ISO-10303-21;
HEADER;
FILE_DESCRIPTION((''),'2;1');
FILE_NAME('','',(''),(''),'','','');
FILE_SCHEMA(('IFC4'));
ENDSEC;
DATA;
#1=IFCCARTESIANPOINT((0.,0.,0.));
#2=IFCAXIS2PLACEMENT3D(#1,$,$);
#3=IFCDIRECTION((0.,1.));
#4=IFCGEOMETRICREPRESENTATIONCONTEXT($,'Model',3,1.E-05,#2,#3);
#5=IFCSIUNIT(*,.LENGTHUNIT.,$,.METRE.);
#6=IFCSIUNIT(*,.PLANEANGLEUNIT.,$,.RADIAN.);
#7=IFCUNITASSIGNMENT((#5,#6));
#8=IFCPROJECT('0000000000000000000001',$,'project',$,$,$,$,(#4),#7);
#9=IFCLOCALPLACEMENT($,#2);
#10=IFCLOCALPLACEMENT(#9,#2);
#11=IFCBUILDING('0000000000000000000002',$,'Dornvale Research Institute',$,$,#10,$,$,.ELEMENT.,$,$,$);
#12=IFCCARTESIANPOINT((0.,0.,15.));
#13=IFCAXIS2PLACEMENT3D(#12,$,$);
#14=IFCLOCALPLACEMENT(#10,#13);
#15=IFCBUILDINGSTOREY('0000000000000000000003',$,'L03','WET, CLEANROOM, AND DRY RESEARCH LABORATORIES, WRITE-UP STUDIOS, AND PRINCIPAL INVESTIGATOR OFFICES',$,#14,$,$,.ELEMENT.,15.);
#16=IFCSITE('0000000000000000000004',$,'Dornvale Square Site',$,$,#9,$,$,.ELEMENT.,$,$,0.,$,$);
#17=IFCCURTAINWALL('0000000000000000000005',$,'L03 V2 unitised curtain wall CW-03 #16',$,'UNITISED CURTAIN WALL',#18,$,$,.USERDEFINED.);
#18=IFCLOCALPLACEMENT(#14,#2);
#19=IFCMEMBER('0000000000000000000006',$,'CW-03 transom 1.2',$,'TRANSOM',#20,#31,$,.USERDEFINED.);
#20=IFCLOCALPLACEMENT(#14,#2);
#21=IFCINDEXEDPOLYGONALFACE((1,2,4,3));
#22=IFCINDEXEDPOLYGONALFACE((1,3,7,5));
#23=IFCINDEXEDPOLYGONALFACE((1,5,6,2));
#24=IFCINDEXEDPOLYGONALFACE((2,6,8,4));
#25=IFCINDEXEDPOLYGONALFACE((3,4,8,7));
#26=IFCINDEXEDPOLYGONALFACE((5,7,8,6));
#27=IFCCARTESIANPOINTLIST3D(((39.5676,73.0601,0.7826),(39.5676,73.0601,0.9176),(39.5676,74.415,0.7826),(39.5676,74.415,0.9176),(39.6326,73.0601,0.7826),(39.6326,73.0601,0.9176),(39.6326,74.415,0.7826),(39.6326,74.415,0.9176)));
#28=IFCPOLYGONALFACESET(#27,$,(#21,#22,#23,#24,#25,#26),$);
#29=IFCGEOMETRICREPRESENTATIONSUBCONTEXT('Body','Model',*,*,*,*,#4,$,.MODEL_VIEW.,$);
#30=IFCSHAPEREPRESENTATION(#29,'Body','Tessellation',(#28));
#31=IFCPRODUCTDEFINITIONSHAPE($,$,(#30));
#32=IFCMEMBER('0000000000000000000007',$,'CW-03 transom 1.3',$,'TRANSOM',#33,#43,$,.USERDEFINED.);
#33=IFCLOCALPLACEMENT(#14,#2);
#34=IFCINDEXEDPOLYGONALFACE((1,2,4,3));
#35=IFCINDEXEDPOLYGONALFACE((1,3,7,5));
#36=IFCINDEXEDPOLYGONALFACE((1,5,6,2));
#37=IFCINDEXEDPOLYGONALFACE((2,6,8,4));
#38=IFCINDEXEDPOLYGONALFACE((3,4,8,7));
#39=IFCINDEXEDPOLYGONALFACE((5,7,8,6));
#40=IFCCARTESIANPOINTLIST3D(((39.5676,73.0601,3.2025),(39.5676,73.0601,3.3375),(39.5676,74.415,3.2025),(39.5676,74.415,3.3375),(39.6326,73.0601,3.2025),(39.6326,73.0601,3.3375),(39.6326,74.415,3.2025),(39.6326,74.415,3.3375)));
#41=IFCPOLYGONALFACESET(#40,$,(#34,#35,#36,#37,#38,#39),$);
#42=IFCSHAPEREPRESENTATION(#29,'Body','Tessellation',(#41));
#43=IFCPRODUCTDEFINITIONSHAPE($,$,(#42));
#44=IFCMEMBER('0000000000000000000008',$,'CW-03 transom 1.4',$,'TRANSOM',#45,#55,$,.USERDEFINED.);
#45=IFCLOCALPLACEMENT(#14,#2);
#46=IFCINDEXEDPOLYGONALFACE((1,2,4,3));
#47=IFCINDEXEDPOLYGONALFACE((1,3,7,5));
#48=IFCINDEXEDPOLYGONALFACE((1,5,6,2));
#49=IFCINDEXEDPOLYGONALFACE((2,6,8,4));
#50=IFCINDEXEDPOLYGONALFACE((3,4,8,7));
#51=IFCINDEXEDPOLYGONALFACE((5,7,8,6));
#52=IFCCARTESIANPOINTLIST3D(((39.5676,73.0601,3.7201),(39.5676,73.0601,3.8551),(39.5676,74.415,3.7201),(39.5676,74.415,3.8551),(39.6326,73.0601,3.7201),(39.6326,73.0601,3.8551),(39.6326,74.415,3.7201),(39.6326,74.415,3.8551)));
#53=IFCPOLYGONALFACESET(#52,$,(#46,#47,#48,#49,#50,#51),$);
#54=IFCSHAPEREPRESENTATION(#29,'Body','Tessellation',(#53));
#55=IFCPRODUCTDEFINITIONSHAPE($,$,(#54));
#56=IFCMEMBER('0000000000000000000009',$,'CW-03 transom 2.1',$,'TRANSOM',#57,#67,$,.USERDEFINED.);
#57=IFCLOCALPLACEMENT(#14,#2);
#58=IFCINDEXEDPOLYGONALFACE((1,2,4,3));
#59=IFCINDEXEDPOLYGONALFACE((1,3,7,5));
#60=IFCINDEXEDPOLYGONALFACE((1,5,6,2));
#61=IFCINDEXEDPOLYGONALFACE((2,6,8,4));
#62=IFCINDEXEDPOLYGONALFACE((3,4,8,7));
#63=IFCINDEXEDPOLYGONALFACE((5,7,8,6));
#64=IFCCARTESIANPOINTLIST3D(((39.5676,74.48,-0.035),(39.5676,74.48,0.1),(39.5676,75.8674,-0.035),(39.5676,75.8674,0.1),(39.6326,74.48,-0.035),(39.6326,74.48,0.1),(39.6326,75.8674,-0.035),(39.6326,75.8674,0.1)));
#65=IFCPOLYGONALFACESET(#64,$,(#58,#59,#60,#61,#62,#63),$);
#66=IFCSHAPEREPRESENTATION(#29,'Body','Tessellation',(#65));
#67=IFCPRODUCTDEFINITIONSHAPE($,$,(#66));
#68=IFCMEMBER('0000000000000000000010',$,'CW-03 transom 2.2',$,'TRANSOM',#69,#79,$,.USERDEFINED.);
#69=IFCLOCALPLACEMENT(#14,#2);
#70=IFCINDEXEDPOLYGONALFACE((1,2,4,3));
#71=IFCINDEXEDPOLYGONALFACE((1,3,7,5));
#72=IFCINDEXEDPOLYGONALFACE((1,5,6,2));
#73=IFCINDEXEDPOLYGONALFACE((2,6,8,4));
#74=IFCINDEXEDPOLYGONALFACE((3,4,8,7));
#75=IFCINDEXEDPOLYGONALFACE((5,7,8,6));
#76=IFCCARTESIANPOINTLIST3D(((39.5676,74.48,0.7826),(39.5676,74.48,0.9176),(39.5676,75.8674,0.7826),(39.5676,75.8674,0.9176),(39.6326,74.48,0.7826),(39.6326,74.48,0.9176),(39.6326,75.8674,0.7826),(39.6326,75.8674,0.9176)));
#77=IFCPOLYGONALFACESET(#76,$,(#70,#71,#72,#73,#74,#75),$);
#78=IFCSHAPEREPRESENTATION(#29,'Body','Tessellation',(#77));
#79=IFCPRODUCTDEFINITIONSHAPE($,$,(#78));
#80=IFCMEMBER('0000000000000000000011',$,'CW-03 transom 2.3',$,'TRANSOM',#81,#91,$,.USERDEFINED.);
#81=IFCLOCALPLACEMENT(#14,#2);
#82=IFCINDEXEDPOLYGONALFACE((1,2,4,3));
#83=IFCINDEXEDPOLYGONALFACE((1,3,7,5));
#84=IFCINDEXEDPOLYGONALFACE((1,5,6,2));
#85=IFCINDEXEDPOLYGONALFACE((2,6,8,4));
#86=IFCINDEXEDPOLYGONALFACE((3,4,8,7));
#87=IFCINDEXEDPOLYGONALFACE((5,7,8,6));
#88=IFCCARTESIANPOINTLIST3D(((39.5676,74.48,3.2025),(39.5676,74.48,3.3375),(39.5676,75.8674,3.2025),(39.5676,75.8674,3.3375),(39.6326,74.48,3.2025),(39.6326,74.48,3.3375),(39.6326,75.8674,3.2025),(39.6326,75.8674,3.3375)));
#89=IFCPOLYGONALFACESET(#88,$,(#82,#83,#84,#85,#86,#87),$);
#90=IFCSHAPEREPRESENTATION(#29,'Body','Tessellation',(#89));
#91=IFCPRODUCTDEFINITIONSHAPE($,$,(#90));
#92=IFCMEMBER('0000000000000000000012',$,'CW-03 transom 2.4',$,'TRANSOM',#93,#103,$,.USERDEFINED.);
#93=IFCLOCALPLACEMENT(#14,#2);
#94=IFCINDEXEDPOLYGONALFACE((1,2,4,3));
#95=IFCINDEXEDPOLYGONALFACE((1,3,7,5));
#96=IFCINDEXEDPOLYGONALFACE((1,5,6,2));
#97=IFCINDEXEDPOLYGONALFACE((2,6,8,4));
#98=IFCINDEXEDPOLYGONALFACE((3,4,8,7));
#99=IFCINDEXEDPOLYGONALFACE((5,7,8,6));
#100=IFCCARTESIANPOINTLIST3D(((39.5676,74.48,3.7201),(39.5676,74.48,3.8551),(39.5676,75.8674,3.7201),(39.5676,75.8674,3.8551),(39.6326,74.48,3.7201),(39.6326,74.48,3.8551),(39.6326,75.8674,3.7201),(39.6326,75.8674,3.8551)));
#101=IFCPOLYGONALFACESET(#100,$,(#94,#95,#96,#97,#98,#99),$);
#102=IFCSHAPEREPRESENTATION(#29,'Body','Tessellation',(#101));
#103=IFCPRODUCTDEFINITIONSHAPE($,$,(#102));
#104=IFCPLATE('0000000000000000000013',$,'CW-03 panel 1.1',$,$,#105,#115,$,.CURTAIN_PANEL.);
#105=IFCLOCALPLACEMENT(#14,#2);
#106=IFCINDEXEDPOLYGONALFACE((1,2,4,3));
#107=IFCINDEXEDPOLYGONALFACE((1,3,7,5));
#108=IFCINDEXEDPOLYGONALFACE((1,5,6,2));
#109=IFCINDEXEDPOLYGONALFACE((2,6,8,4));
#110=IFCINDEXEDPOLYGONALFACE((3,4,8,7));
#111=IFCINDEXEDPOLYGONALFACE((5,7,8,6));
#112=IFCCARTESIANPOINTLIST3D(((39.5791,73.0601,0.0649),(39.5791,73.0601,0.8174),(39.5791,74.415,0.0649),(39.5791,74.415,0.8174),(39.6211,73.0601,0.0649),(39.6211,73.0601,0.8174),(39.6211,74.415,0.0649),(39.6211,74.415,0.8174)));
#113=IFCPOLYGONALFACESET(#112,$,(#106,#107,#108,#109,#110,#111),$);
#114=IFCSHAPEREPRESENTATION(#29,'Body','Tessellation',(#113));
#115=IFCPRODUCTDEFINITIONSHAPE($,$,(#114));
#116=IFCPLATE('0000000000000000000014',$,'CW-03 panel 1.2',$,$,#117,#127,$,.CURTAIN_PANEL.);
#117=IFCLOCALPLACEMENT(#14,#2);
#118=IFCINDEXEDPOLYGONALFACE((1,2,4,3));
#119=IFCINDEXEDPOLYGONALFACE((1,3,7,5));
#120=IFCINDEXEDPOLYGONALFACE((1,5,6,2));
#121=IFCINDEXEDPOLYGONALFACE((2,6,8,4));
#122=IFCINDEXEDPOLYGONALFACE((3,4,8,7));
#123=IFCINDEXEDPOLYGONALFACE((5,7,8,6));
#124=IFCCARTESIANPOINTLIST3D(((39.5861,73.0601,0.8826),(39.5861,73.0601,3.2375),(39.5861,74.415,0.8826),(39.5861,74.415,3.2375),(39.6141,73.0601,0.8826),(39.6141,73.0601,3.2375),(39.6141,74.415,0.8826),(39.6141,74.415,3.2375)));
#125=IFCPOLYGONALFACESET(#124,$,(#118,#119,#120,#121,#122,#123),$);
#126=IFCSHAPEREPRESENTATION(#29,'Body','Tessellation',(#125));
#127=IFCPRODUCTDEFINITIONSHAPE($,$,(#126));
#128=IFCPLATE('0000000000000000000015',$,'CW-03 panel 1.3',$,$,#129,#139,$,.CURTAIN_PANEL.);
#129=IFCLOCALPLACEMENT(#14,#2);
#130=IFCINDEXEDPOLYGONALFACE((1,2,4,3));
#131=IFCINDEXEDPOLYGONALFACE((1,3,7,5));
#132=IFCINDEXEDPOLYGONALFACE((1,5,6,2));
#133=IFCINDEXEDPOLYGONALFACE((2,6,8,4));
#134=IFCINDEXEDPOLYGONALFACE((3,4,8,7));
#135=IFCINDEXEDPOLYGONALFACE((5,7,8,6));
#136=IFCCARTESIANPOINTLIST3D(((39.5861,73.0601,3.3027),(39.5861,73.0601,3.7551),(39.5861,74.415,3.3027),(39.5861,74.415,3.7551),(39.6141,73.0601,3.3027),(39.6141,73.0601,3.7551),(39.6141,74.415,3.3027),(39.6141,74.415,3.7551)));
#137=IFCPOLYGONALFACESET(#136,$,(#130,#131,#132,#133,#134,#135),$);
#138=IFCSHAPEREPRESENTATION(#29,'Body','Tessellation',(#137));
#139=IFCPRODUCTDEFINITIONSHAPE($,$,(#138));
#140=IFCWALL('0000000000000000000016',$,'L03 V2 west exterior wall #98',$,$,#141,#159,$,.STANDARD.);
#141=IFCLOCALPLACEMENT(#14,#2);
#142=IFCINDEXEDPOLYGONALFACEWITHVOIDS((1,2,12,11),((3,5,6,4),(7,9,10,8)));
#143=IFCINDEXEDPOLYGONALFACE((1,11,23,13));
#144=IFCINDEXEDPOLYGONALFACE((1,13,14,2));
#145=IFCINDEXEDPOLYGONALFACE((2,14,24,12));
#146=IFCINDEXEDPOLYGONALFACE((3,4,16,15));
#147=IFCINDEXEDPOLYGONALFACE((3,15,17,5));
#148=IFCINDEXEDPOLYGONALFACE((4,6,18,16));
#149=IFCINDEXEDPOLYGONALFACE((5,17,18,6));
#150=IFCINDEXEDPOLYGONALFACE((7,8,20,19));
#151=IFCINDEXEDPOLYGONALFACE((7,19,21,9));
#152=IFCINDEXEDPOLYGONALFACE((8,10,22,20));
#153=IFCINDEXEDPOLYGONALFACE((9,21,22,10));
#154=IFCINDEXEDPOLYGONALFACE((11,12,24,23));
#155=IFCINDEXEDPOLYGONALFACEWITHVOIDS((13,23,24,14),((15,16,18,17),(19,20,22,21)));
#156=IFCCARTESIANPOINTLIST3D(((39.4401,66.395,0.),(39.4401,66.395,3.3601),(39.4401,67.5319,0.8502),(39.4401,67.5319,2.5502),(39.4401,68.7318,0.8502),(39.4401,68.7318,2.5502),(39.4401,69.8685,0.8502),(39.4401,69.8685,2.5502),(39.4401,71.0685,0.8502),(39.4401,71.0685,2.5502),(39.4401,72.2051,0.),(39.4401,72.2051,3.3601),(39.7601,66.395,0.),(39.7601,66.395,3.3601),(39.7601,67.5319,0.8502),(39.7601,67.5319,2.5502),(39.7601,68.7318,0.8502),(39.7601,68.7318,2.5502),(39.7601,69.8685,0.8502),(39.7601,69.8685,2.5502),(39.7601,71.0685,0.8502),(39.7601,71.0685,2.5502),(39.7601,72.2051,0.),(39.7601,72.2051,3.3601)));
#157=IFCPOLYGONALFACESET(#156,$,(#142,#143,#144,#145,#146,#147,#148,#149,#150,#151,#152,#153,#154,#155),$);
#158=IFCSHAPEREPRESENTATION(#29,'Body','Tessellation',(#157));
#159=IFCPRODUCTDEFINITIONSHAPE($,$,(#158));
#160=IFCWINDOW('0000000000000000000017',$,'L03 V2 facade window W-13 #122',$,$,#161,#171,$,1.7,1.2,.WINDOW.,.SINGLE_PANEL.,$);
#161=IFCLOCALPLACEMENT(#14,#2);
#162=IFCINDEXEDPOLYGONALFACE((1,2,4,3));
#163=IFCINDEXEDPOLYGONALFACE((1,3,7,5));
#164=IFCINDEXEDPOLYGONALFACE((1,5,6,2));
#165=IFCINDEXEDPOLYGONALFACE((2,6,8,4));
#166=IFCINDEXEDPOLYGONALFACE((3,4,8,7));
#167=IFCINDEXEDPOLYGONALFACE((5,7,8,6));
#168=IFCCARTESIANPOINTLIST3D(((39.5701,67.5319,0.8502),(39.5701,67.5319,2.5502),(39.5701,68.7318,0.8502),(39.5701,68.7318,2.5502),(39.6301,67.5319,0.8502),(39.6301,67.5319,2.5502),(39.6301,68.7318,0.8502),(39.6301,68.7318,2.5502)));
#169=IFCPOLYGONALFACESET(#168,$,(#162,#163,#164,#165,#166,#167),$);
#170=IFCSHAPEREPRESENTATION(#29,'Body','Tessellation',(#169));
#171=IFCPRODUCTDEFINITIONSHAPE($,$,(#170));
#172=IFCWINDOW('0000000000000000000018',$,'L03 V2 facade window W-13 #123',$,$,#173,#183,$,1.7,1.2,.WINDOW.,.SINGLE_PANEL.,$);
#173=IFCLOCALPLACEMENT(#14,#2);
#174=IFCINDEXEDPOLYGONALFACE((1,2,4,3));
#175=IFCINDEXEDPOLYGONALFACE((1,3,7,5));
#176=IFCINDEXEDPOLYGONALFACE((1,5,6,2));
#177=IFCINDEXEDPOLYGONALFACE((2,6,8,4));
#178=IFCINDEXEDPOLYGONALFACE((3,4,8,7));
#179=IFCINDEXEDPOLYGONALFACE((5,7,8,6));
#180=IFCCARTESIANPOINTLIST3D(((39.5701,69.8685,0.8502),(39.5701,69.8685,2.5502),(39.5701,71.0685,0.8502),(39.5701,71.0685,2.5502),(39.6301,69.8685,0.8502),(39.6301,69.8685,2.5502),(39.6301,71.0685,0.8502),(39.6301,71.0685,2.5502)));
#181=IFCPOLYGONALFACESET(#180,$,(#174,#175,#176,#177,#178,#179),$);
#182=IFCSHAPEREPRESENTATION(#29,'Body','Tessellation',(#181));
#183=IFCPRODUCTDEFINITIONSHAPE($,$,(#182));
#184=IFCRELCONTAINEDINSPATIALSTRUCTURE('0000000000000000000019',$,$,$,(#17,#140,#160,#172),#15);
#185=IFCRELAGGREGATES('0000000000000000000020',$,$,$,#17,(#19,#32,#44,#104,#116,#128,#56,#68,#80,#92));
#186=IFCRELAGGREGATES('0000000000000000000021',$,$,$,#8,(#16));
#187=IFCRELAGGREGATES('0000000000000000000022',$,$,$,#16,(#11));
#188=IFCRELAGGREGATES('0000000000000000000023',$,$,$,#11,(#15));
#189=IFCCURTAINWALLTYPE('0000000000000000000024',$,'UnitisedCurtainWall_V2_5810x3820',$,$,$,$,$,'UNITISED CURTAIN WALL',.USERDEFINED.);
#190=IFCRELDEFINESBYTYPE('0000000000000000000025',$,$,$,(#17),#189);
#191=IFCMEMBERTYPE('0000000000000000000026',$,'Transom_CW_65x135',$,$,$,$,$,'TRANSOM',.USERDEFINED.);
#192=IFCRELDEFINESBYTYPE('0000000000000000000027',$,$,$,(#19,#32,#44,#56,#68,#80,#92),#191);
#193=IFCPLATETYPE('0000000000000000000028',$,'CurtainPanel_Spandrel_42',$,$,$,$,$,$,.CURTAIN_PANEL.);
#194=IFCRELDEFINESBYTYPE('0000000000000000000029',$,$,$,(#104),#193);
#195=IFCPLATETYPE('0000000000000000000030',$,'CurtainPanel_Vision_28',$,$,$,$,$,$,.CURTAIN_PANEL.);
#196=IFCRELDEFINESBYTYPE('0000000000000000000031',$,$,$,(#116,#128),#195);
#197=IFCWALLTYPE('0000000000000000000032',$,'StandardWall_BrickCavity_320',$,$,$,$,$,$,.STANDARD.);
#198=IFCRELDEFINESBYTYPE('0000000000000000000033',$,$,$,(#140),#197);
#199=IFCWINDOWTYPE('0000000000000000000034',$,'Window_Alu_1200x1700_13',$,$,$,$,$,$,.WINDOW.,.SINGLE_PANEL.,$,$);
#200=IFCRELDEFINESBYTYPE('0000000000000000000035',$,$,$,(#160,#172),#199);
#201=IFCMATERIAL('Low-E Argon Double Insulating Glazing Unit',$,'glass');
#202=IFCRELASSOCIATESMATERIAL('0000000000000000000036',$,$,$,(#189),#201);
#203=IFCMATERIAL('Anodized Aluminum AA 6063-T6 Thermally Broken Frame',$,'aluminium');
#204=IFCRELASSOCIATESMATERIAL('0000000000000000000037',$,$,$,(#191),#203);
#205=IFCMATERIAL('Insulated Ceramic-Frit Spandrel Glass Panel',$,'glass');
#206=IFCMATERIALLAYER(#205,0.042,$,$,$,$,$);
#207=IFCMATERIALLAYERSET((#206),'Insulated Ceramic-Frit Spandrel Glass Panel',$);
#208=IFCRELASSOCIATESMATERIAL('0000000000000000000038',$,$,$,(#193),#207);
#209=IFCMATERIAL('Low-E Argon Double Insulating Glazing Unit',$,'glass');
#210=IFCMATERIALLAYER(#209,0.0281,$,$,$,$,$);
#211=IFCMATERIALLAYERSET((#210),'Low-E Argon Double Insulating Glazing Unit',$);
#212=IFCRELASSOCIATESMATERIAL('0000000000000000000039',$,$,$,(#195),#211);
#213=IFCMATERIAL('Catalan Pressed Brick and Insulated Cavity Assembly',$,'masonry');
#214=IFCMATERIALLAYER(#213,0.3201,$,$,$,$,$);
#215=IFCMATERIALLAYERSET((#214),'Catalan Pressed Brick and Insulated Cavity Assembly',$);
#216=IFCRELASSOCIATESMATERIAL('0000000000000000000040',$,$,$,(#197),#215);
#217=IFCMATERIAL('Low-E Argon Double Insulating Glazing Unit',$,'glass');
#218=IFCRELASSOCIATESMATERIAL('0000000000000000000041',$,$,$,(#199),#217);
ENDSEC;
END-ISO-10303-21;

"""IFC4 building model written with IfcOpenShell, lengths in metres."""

from ifc_helpers import new_model, si_unit, direction, frame, frame_2d, origin, origin_2d, place, context, subcontext, project, spatial, rectangle, extrude, material, layer, layer_set, material_profile, profile_set, type_object, element, fill, aggregate, save


model = new_model("IFC4")

# Units and contexts
model_context = context("Model", 3, precision=1e-05, world=origin(), true_north=direction((0.0, 1.0)))
body_context = subcontext(model_context, "Body", "Model", "MODEL_VIEW")
ifc_project = project(units=[si_unit("LENGTHUNIT", "METRE"), si_unit("PLANEANGLEUNIT", "RADIAN")], contexts=[model_context])

# Site, building, storey
site_placement = place(None, origin())
site = spatial("IfcSite", under=ifc_project, at=site_placement, Name="Dornvale Square Site", CompositionType="ELEMENT", RefElevation=0.0)
building_placement = place(site_placement, origin())
building = spatial("IfcBuilding", under=site, at=building_placement, Name="Dornvale Research Institute", CompositionType="ELEMENT")
storey_placement = place(building_placement, frame((0.0, 0.0, 15.0)))
storey = spatial("IfcBuildingStorey", under=building, at=storey_placement, Name="L03", Description="WET, CLEANROOM, AND DRY RESEARCH LABORATORIES, WRITE-UP STUDIOS, AND PRINCIPAL INVESTIGATOR OFFICES", CompositionType="ELEMENT", Elevation=15.0)

# Shared definitions
ifc_material_1 = material(Name="Low-E Argon Double Insulating Glazing Unit", Category="glass")
curtain_wall_type = type_object("IfcCurtainWallType", Name="UnitisedCurtainWall_V2_5810x3820", ElementType="UNITISED CURTAIN WALL", PredefinedType="USERDEFINED", material=ifc_material_1)

# Curtain wall
curtain_wall_1_placement = place(storey_placement, origin())
curtain_wall_1 = element("IfcCurtainWall", 1, at=curtain_wall_1_placement, inside=storey, type_object=curtain_wall_type, Name="L03 V2 unitised curtain wall CW-03 #16", ObjectType="UNITISED CURTAIN WALL", PredefinedType="USERDEFINED")

# Members
ifc_material_2 = material(Name="Anodized Aluminum AA 6063-T6 Thermally Broken Frame", Category="aluminium")
ifc_material_profile_1 = material_profile(ifc_material_2, rectangle(XDim=0.0649, YDim=0.135, at=origin_2d()), Name="ALU TRANSOM 65x135")
ifc_profile_set_1 = profile_set([ifc_material_profile_1], Name="Anodized Aluminum AA 6063-T6 Thermally Broken Frame")
member_type_1 = type_object("IfcMemberType", Name="Transom_CW_65x135", ElementType="TRANSOM", PredefinedType="USERDEFINED", material=ifc_profile_set_1)
member_1_placement = place(storey_placement, frame((39.6001, 73.0601, 0.8501), z_axis=(0.0, 1.0, 0.0), x_axis=(-1.0, 0.0, 0.0)))
member_1 = element("IfcMember", 2, at=member_1_placement, type_object=member_type_1, Name="CW-03 transom 1.2", ObjectType="TRANSOM", PredefinedType="USERDEFINED", context=body_context, shape_type="SweptSolid", body=[
    extrude(rectangle(XDim=0.0649, YDim=0.135, at=origin_2d()), origin(), (0.0, 0.0, 1.0), 1.355),
])
member_2_placement = place(storey_placement, frame((39.6001, 73.0601, 3.27), z_axis=(0.0, 1.0, 0.0), x_axis=(-1.0, 0.0, 0.0)))
member_2 = element("IfcMember", 3, at=member_2_placement, type_object=member_type_1, Name="CW-03 transom 1.3", ObjectType="TRANSOM", PredefinedType="USERDEFINED", context=body_context, shape_type="SweptSolid", body=[
    extrude(rectangle(XDim=0.0649, YDim=0.135, at=origin_2d()), origin(), (0.0, 0.0, 1.0), 1.355),
])
member_3_placement = place(storey_placement, frame((39.6001, 73.0601, 3.7876), z_axis=(0.0, 1.0, 0.0), x_axis=(-1.0, 0.0, 0.0)))
member_3 = element("IfcMember", 4, at=member_3_placement, type_object=member_type_1, Name="CW-03 transom 1.4", ObjectType="TRANSOM", PredefinedType="USERDEFINED", context=body_context, shape_type="SweptSolid", body=[
    extrude(rectangle(XDim=0.0649, YDim=0.135, at=origin_2d()), origin(), (0.0, 0.0, 1.0), 1.355),
])
member_4_placement = place(storey_placement, frame((39.6001, 74.48, 0.0325), z_axis=(0.0, 1.0, 0.0), x_axis=(-1.0, 0.0, 0.0)))
member_4 = element("IfcMember", 5, at=member_4_placement, type_object=member_type_1, Name="CW-03 transom 2.1", ObjectType="TRANSOM", PredefinedType="USERDEFINED", context=body_context, shape_type="SweptSolid", body=[
    extrude(rectangle(XDim=0.0649, YDim=0.135, at=origin_2d()), origin(), (0.0, 0.0, 1.0), 1.3875),
])
member_5_placement = place(storey_placement, frame((39.6001, 74.48, 0.8501), z_axis=(0.0, 1.0, 0.0), x_axis=(-1.0, 0.0, 0.0)))
member_5 = element("IfcMember", 6, at=member_5_placement, type_object=member_type_1, Name="CW-03 transom 2.2", ObjectType="TRANSOM", PredefinedType="USERDEFINED", context=body_context, shape_type="SweptSolid", body=[
    extrude(rectangle(XDim=0.0649, YDim=0.135, at=origin_2d()), origin(), (0.0, 0.0, 1.0), 1.3875),
])
member_6_placement = place(storey_placement, frame((39.6001, 74.48, 3.27), z_axis=(0.0, 1.0, 0.0), x_axis=(-1.0, 0.0, 0.0)))
member_6 = element("IfcMember", 7, at=member_6_placement, type_object=member_type_1, Name="CW-03 transom 2.3", ObjectType="TRANSOM", PredefinedType="USERDEFINED", context=body_context, shape_type="SweptSolid", body=[
    extrude(rectangle(XDim=0.0649, YDim=0.135, at=origin_2d()), origin(), (0.0, 0.0, 1.0), 1.3875),
])
member_7_placement = place(storey_placement, frame((39.6001, 74.48, 3.7876), z_axis=(0.0, 1.0, 0.0), x_axis=(-1.0, 0.0, 0.0)))
member_7 = element("IfcMember", 8, at=member_7_placement, type_object=member_type_1, Name="CW-03 transom 2.4", ObjectType="TRANSOM", PredefinedType="USERDEFINED", context=body_context, shape_type="SweptSolid", body=[
    extrude(rectangle(XDim=0.0649, YDim=0.135, at=origin_2d()), origin(), (0.0, 0.0, 1.0), 1.3875),
])

# Plates
ifc_material_3 = material(Name="Insulated Ceramic-Frit Spandrel Glass Panel", Category="glass")
ifc_layer_1 = layer(ifc_material_3, 0.042)
ifc_layer_set_1 = layer_set([ifc_layer_1], Name="Insulated Ceramic-Frit Spandrel Glass Panel")
plate_type_1 = type_object("IfcPlateType", Name="CurtainPanel_Spandrel_42", PredefinedType="CURTAIN_PANEL", material=ifc_layer_set_1)
plate_1_placement = place(storey_placement, frame((39.6001, 73.7375, 0.0649), z_axis=(0.0, 0.0, 1.0), x_axis=(0.0, 1.0, 0.0)))
plate_1 = element("IfcPlate", 9, at=plate_1_placement, type_object=plate_type_1, Name="CW-03 panel 1.1", PredefinedType="CURTAIN_PANEL", context=body_context, shape_type="SweptSolid", body=[
    extrude(rectangle(XDim=1.355, YDim=0.042, at=origin_2d()), origin(), (0.0, 0.0, 1.0), 0.7524),
])
ifc_material_4 = material(Name="Low-E Argon Double Insulating Glazing Unit", Category="glass")
ifc_layer_2 = layer(ifc_material_4, 0.0281)
ifc_layer_set_2 = layer_set([ifc_layer_2], Name="Low-E Argon Double Insulating Glazing Unit")
plate_type_2 = type_object("IfcPlateType", Name="CurtainPanel_Vision_28", PredefinedType="CURTAIN_PANEL", material=ifc_layer_set_2)
plate_2_placement = place(storey_placement, frame((39.6001, 73.7375, 0.8826), z_axis=(0.0, 0.0, 1.0), x_axis=(0.0, 1.0, 0.0)))
plate_2 = element("IfcPlate", 10, at=plate_2_placement, type_object=plate_type_2, Name="CW-03 panel 1.2", PredefinedType="CURTAIN_PANEL", context=body_context, shape_type="SweptSolid", body=[
    extrude(rectangle(XDim=1.355, YDim=0.0281, at=origin_2d()), origin(), (0.0, 0.0, 1.0), 2.355),
])
plate_3_placement = place(storey_placement, frame((39.6001, 73.7375, 3.3027), z_axis=(0.0, 0.0, 1.0), x_axis=(0.0, 1.0, 0.0)))
plate_3 = element("IfcPlate", 11, at=plate_3_placement, type_object=plate_type_2, Name="CW-03 panel 1.3", PredefinedType="CURTAIN_PANEL", context=body_context, shape_type="SweptSolid", body=[
    extrude(rectangle(XDim=1.355, YDim=0.0281, at=origin_2d()), origin(), (0.0, 0.0, 1.0), 0.4524),
])
aggregate(curtain_wall_1, [member_1, member_2, member_3, plate_1, plate_2, plate_3, member_4, member_5, member_6, member_7])

# Wall, openings, windows
ifc_material_5 = material(Name="Catalan Pressed Brick and Insulated Cavity Assembly", Category="masonry")
ifc_layer_3 = layer(ifc_material_5, 0.3201)
ifc_layer_set_3 = layer_set([ifc_layer_3], Name="Catalan Pressed Brick and Insulated Cavity Assembly")
wall_type = type_object("IfcWallType", Name="StandardWall_BrickCavity_320", PredefinedType="STANDARD", material=ifc_layer_set_3)
wall_placement = place(storey_placement, frame((39.6001, 66.395, 0.0), z_axis=(0.0, 0.0, 1.0), x_axis=(0.0, 1.0, 0.0)))
wall = element("IfcWall", 12, at=wall_placement, inside=storey, type_object=wall_type, Name="L03 V2 west exterior wall #98", PredefinedType="STANDARD", context=body_context, shape_type="SweptSolid", body=[
    extrude(rectangle(XDim=5.8101, YDim=0.3201, at=frame_2d((2.905, 0.0))), origin(), (0.0, 0.0, 1.0), 3.3601),
])
opening_1_placement = place(wall_placement, frame((1.1367, 0.0, 0.8501)))
opening_1 = element("IfcOpeningElement", 13, at=opening_1_placement, cuts=wall, PredefinedType="OPENING", context=body_context, shape_type="SweptSolid", body=[
    extrude(rectangle(XDim=1.2, YDim=1.7, at=frame_2d((0.6001, 0.8501))), frame((0.0, 0.175, 0.0), z_axis=(0.0, -1.0, 0.0), x_axis=(1.0, 0.0, 0.0)), (0.0, 0.0, 1.0), 0.3501),
])
opening_2_placement = place(wall_placement, frame((3.4734, 0.0, 0.8501)))
opening_2 = element("IfcOpeningElement", 14, at=opening_2_placement, cuts=wall, PredefinedType="OPENING", context=body_context, shape_type="SweptSolid", body=[
    extrude(rectangle(XDim=1.2, YDim=1.7, at=frame_2d((0.6001, 0.8501))), frame((0.0, 0.175, 0.0), z_axis=(0.0, -1.0, 0.0), x_axis=(1.0, 0.0, 0.0)), (0.0, 0.0, 1.0), 0.3501),
])
ifc_material_6 = material(Name="Low-E Argon Double Insulating Glazing Unit", Category="glass")
window_type = type_object("IfcWindowType", Name="Window_Alu_1200x1700_13", PartitioningType="SINGLE_PANEL", PredefinedType="WINDOW", material=ifc_material_6)
window_1_placement = place(opening_1_placement, origin())
window_1 = element("IfcWindow", 15, at=window_1_placement, inside=storey, type_object=window_type, Name="L03 V2 facade window W-13 #122", OverallHeight=1.7, OverallWidth=1.2, PartitioningType="SINGLE_PANEL", PredefinedType="WINDOW", context=body_context, shape_type="SweptSolid", body=[
    extrude(rectangle(XDim=1.2, YDim=1.7, at=frame_2d((0.6001, 0.8501))), frame((0.0, 0.03, 0.0), z_axis=(0.0, -1.0, 0.0), x_axis=(1.0, 0.0, 0.0)), (0.0, 0.0, 1.0), 0.0601),
])
fill(opening_1, window_1)
window_2_placement = place(opening_2_placement, origin())
window_2 = element("IfcWindow", 16, at=window_2_placement, inside=storey, type_object=window_type, Name="L03 V2 facade window W-13 #123", OverallHeight=1.7, OverallWidth=1.2, PartitioningType="SINGLE_PANEL", PredefinedType="WINDOW", context=body_context, shape_type="SweptSolid", body=[
    extrude(rectangle(XDim=1.2, YDim=1.7, at=frame_2d((0.6001, 0.8501))), frame((0.0, 0.03, 0.0), z_axis=(0.0, -1.0, 0.0), x_axis=(1.0, 0.0, 0.0)), (0.0, 0.0, 1.0), 0.0601),
])
fill(opening_2, window_2)

save(model, "model.ifc")
